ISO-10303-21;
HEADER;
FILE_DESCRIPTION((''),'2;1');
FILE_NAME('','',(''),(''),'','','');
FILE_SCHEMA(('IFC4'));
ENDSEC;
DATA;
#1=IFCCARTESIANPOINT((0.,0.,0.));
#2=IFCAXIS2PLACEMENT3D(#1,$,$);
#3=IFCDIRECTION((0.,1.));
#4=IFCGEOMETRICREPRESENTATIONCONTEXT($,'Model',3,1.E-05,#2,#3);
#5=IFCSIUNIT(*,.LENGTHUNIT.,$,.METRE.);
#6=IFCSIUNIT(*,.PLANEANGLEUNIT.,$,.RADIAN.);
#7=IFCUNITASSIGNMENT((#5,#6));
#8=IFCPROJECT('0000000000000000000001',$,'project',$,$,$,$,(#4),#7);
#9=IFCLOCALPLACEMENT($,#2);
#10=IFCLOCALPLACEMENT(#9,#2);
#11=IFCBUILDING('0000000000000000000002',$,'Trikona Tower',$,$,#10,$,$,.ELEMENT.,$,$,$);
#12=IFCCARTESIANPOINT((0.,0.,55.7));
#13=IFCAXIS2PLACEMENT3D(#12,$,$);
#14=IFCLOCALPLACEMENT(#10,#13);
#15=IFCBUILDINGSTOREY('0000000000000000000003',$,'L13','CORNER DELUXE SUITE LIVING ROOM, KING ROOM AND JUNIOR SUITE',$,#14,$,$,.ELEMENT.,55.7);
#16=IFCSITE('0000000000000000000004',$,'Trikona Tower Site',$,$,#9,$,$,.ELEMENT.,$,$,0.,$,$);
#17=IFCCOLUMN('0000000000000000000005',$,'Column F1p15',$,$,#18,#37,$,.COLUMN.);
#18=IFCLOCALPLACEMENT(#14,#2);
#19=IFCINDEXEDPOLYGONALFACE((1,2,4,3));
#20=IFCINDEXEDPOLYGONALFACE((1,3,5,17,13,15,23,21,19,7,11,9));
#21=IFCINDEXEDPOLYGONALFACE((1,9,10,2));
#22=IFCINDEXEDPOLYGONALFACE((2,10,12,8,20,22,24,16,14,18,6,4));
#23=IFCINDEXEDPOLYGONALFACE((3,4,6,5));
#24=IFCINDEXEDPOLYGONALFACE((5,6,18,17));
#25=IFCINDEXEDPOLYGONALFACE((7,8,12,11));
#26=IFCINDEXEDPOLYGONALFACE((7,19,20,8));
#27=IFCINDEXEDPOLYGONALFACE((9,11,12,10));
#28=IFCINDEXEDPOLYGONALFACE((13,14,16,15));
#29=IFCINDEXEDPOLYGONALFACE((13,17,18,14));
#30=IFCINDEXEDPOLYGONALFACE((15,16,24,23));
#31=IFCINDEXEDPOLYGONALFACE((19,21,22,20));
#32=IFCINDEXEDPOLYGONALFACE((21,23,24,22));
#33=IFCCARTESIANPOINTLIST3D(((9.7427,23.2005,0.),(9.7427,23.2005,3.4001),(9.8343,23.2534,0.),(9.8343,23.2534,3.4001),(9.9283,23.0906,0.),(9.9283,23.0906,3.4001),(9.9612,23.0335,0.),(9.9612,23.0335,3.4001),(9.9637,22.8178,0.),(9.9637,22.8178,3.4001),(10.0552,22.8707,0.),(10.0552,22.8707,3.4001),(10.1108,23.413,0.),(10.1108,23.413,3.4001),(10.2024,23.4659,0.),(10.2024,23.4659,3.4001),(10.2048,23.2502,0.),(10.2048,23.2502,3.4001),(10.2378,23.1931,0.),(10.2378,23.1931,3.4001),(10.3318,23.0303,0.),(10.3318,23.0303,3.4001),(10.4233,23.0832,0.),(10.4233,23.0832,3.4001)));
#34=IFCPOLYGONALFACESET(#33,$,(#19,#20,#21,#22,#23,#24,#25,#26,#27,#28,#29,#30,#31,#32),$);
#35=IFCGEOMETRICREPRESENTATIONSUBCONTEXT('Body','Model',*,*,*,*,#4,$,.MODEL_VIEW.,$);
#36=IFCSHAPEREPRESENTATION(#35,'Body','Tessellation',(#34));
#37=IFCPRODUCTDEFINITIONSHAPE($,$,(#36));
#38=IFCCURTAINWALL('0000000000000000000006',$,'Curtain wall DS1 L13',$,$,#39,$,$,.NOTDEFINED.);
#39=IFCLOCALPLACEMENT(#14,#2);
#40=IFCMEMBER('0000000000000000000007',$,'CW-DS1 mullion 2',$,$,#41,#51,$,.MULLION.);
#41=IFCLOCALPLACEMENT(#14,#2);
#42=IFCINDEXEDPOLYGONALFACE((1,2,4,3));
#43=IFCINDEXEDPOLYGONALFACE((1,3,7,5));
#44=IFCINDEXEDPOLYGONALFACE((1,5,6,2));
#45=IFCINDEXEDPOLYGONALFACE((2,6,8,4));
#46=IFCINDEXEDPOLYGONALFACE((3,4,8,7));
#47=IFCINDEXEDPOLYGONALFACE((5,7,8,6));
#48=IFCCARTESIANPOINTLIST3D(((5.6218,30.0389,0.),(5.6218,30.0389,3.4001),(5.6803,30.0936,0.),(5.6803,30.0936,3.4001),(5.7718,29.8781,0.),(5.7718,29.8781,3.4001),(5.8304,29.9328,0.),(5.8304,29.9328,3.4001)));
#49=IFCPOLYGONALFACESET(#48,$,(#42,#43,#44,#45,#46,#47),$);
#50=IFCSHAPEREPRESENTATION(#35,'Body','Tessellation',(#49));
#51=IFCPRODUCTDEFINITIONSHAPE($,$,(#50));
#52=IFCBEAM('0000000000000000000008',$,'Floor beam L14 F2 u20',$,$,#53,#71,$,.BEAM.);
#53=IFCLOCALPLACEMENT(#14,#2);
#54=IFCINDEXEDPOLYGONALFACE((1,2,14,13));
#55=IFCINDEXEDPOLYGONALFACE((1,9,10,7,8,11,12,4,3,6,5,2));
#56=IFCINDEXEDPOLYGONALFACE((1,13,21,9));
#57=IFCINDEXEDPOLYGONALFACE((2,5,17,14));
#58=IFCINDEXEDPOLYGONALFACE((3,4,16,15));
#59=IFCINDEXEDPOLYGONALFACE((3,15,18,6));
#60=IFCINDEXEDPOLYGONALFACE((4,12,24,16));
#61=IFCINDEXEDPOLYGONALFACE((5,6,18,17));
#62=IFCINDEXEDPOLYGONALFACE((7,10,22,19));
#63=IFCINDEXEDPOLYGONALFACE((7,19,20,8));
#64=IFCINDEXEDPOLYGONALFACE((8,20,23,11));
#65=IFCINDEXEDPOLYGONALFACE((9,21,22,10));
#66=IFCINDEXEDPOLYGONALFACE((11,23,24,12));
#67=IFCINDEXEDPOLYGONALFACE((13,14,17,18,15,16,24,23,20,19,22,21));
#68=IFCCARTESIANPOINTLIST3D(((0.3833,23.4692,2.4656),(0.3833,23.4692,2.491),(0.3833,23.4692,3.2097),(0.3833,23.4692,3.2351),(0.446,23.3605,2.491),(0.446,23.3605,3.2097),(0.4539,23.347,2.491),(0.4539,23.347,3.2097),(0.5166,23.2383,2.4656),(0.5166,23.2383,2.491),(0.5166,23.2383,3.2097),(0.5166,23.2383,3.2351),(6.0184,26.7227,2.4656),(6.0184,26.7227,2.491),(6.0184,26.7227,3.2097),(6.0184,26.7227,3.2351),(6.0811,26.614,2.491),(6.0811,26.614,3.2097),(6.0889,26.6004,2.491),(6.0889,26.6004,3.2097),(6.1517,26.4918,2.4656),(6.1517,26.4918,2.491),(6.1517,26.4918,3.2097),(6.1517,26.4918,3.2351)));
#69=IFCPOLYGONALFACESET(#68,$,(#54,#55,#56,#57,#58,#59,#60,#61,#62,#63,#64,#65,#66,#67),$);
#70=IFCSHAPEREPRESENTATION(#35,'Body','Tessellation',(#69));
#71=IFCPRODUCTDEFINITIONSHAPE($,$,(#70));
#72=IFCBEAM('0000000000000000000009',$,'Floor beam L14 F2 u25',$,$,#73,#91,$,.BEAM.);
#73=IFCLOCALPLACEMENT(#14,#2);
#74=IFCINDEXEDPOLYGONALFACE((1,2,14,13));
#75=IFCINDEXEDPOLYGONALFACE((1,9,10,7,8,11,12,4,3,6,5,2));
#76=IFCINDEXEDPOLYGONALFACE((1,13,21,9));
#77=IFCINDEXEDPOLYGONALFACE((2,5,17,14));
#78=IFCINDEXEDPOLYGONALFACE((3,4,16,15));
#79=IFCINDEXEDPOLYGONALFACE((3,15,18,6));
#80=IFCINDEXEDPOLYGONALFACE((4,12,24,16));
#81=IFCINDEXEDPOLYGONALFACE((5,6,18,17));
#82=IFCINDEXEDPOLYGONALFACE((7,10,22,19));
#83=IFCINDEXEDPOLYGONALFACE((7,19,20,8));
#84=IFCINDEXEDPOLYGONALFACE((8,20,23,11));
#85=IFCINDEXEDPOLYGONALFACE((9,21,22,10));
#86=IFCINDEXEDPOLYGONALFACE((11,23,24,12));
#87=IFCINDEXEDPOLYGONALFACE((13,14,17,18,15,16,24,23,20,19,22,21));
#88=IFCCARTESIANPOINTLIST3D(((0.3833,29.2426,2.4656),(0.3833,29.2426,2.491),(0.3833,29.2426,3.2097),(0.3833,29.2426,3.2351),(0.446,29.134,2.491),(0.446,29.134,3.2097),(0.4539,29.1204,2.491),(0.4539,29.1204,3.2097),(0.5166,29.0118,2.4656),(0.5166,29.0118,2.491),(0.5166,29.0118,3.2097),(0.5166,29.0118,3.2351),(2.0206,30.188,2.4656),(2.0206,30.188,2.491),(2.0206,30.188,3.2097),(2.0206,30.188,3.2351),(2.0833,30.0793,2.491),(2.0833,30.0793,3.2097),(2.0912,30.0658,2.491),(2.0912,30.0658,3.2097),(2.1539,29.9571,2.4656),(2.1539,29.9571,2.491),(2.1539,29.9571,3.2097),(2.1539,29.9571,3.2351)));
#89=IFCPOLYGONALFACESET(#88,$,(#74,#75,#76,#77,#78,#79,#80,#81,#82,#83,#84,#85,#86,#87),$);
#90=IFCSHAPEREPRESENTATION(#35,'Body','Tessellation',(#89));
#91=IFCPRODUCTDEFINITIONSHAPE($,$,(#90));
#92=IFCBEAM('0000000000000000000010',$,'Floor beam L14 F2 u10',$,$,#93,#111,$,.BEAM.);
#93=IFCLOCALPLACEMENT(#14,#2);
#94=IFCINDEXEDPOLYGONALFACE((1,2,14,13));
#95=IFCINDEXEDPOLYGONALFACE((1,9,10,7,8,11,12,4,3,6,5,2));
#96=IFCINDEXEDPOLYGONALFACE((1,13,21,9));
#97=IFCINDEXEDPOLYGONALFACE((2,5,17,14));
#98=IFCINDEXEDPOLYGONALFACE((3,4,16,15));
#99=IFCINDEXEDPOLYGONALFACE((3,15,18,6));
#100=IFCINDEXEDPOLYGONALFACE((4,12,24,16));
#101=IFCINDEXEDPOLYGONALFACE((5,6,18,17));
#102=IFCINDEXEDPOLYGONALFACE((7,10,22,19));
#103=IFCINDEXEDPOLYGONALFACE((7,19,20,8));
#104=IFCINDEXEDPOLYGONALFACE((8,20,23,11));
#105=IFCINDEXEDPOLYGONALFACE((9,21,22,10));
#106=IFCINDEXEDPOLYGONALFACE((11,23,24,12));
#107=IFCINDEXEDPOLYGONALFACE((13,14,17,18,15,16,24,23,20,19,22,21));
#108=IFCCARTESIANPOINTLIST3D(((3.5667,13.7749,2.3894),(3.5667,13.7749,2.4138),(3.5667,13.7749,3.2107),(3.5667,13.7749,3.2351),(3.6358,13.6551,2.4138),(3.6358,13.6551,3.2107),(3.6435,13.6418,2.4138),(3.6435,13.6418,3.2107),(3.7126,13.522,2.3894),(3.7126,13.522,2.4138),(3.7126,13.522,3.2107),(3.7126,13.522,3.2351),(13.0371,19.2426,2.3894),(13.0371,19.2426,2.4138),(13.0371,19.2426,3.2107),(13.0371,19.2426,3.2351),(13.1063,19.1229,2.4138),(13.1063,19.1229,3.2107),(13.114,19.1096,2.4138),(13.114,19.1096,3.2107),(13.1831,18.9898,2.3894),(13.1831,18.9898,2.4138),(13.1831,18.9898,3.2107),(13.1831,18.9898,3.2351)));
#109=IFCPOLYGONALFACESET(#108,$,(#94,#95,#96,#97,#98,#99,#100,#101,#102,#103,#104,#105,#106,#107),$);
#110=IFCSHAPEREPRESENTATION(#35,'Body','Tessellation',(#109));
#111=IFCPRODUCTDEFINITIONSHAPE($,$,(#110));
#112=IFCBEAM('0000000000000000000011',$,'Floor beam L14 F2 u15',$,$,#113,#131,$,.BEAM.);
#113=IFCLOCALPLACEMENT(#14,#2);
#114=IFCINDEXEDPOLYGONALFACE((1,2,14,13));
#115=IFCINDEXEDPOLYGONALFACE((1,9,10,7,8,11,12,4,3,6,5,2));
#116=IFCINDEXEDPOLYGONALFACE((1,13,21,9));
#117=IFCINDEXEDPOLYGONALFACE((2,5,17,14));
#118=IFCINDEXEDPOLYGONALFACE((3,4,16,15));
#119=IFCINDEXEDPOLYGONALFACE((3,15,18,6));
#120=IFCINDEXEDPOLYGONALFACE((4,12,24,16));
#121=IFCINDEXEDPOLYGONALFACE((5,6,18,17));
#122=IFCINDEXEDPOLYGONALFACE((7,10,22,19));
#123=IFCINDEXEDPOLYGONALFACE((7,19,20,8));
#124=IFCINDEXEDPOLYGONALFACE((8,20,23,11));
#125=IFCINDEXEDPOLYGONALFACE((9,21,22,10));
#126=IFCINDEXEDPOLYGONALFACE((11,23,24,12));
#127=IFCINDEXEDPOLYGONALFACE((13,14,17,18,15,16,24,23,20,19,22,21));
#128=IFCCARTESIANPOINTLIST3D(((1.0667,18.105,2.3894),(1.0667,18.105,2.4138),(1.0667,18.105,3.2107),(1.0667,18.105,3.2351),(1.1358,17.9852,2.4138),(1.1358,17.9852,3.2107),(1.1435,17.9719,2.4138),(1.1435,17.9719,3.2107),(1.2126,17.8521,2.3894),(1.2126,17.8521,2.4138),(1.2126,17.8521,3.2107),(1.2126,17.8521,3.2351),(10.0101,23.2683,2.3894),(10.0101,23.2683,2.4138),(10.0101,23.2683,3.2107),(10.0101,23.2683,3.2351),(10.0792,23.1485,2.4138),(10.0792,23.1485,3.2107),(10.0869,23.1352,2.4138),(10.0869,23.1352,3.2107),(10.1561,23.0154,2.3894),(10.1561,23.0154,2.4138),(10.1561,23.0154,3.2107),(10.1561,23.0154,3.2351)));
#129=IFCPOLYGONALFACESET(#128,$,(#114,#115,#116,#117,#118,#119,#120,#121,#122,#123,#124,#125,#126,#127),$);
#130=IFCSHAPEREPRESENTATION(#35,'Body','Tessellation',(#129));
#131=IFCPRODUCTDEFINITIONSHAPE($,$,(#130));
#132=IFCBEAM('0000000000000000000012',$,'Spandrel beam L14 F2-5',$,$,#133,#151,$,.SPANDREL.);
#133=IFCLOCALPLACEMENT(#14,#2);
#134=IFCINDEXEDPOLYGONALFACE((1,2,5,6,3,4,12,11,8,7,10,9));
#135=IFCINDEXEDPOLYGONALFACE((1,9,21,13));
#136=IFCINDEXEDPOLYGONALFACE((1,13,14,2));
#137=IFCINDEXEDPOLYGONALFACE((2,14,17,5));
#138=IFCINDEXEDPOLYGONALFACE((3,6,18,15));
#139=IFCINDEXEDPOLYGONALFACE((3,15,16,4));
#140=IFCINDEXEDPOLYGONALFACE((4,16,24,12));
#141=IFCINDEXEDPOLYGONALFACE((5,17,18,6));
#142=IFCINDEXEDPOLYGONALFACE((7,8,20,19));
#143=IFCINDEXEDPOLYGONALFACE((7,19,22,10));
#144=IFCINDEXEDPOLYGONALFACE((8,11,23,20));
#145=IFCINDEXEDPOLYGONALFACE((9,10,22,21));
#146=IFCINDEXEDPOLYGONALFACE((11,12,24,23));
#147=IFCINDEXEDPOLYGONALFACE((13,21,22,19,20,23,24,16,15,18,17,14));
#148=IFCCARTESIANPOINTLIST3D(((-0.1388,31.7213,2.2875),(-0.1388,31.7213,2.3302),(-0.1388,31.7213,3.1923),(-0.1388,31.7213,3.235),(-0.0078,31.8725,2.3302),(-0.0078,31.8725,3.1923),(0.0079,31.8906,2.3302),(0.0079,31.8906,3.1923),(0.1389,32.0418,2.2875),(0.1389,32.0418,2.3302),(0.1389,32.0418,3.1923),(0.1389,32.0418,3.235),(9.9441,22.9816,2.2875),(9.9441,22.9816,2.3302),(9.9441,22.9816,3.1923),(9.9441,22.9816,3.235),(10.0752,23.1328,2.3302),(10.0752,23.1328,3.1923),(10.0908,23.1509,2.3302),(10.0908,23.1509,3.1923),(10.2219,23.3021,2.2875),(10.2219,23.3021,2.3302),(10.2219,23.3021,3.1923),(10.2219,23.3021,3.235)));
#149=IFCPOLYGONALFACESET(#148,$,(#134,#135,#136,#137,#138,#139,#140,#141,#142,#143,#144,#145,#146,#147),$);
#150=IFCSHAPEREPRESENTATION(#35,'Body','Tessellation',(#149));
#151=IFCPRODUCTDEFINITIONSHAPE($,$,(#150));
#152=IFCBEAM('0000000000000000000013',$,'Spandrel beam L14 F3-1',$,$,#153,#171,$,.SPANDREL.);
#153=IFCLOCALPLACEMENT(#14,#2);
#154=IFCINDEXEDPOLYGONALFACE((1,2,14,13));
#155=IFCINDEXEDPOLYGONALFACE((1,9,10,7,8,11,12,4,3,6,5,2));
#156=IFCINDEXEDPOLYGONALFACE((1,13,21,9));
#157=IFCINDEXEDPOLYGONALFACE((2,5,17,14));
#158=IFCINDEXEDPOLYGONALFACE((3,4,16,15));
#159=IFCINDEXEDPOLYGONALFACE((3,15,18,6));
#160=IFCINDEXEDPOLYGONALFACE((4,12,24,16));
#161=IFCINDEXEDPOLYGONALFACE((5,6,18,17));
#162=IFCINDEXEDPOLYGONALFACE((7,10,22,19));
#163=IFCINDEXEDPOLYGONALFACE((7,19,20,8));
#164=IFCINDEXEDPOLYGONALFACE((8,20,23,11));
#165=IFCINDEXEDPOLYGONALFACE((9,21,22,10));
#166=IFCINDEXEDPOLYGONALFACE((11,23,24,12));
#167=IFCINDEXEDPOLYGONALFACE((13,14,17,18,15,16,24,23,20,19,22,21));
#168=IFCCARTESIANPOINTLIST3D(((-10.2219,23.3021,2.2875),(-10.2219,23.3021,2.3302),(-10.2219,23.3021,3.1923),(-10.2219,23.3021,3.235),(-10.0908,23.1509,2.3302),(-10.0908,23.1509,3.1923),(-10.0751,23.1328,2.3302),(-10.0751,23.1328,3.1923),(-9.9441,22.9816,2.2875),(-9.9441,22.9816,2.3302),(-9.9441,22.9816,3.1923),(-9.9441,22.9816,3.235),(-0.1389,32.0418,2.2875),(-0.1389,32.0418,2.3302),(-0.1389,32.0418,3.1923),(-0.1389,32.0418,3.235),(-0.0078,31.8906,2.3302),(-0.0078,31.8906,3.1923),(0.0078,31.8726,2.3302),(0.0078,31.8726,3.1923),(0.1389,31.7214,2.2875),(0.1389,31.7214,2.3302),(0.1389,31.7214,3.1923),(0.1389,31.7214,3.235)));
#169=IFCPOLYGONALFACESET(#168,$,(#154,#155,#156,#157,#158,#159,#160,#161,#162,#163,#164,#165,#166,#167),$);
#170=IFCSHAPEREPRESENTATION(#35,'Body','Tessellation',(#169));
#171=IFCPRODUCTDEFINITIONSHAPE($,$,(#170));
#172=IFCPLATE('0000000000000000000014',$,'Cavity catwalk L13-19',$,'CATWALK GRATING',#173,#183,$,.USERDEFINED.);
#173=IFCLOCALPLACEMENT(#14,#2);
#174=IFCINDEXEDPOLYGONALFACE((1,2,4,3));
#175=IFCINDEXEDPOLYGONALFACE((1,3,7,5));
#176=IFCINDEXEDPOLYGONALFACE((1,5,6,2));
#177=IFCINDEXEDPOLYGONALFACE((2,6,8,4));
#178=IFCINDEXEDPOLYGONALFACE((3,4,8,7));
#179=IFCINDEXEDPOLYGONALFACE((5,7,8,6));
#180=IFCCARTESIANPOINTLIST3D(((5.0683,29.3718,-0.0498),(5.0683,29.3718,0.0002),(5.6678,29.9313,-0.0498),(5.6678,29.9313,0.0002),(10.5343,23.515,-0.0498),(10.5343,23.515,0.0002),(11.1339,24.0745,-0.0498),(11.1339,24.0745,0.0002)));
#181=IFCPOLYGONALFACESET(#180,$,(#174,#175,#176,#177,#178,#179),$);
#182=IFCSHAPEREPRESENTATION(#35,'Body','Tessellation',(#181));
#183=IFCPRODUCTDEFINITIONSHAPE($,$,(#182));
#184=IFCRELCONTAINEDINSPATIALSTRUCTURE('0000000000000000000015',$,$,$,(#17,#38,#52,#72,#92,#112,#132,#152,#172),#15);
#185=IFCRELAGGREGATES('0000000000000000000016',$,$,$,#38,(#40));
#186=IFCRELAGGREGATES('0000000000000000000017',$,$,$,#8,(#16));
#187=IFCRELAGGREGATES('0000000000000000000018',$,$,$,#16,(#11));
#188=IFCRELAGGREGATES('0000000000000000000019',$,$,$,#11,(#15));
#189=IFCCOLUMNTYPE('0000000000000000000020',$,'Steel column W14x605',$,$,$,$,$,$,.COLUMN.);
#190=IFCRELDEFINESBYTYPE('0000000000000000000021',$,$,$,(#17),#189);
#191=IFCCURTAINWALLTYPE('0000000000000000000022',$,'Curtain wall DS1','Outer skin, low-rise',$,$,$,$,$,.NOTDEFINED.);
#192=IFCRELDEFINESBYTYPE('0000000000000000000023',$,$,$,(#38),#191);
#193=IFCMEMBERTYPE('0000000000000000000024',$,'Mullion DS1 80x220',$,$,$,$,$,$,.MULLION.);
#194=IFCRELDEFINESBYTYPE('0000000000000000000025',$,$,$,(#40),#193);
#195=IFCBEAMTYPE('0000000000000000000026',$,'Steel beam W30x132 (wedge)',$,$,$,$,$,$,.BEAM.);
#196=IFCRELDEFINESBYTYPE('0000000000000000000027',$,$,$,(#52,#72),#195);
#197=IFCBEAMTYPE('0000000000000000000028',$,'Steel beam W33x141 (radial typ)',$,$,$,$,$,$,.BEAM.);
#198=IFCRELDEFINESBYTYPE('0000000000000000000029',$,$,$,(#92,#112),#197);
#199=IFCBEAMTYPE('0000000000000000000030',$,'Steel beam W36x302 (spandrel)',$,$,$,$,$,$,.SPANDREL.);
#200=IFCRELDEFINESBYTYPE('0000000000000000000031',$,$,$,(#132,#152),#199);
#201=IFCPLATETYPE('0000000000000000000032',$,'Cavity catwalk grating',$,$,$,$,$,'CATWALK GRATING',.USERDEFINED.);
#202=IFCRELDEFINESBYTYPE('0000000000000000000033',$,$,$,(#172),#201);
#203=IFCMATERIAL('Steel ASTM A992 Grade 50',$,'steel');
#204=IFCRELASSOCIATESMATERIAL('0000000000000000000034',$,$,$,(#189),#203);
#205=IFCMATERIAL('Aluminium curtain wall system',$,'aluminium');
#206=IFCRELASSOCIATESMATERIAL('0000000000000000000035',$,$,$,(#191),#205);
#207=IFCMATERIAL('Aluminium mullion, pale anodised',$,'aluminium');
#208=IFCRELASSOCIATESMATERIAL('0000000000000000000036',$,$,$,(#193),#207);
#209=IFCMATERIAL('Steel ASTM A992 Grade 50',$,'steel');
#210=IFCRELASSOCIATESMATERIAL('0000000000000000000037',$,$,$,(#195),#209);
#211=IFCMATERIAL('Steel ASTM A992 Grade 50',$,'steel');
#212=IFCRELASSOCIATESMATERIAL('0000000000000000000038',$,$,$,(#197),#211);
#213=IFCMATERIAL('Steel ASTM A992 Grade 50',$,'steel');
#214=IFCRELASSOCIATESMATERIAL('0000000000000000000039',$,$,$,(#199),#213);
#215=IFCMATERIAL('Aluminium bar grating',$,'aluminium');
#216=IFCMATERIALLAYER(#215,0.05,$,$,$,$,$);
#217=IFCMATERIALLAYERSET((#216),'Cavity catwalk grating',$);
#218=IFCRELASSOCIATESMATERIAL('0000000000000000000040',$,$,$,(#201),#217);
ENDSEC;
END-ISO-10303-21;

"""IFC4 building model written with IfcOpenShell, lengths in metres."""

from ifc_helpers import new_model, si_unit, direction, frame, origin, origin_2d, place, context, subcontext, project, spatial, rectangle, i_section, extrude, material, layer, layer_set, material_profile, profile_set, type_object, element, aggregate, save


model = new_model("IFC4")

# Units and contexts
model_context = context("Model", 3, precision=1e-05, world=origin(), true_north=direction((0.0, 1.0)))
body_context = subcontext(model_context, "Body", "Model", "MODEL_VIEW")
ifc_project = project(units=[si_unit("LENGTHUNIT", "METRE"), si_unit("PLANEANGLEUNIT", "RADIAN")], contexts=[model_context])

# Site, building, storey
site_placement = place(None, origin())
site = spatial("IfcSite", under=ifc_project, at=site_placement, Name="Trikona Tower Site", CompositionType="ELEMENT", RefElevation=0.0)
building_placement = place(site_placement, origin())
building = spatial("IfcBuilding", under=site, at=building_placement, Name="Trikona Tower", CompositionType="ELEMENT")
storey_placement = place(building_placement, frame((0.0, 0.0, 55.7)))
storey = spatial("IfcBuildingStorey", under=building, at=storey_placement, Name="L13", Description="CORNER DELUXE SUITE LIVING ROOM, KING ROOM AND JUNIOR SUITE", CompositionType="ELEMENT", Elevation=55.7)

# Column
ifc_material_1 = material(Name="Steel ASTM A992 Grade 50", Category="steel")
ifc_material_profile_1 = material_profile(ifc_material_1, i_section(OverallWidth=0.4419, OverallDepth=0.5308, WebThickness=0.0659, FlangeThickness=0.1057, at=origin_2d()), Name="W14X605")
ifc_profile_set_1 = profile_set([ifc_material_profile_1], Name="Steel ASTM A992 Grade 50")
column_type = type_object("IfcColumnType", Name="Steel column W14x605", PredefinedType="COLUMN", material=ifc_profile_set_1)
column_placement = place(storey_placement, frame((10.083, 23.1418, 0.0), z_axis=(0.0, 0.0, 1.0), x_axis=(-0.5, 0.866025, 0.0)))
element("IfcColumn", 1, at=column_placement, inside=storey, type_object=column_type, Name="Column F1p15", PredefinedType="COLUMN", context=body_context, shape_type="SweptSolid", body=[
    extrude(i_section(OverallWidth=0.4419, OverallDepth=0.5308, WebThickness=0.0659, FlangeThickness=0.1057, at=origin_2d()), origin(), (0.0, 0.0, 1.0), 3.4001),
])

# Curtain wall, member
ifc_material_2 = material(Name="Aluminium curtain wall system", Category="aluminium")
curtain_wall_type = type_object("IfcCurtainWallType", Name="Curtain wall DS1", Description="Outer skin, low-rise", PredefinedType="NOTDEFINED", material=ifc_material_2)
curtain_wall_placement = place(storey_placement, origin())
curtain_wall = element("IfcCurtainWall", 2, at=curtain_wall_placement, inside=storey, type_object=curtain_wall_type, Name="Curtain wall DS1 L13", PredefinedType="NOTDEFINED")
ifc_material_3 = material(Name="Aluminium mullion, pale anodised", Category="aluminium")
ifc_material_profile_2 = material_profile(ifc_material_3, rectangle(XDim=0.0801, YDim=0.22, at=origin_2d()), Name="MUL-DS1")
ifc_profile_set_2 = profile_set([ifc_material_profile_2], Name="Aluminium mullion, pale anodised")
member_type = type_object("IfcMemberType", Name="Mullion DS1 80x220", PredefinedType="MULLION", material=ifc_profile_set_2)
member_placement = place(storey_placement, frame((5.7261, 29.9858, 0.0), z_axis=(0.0, 0.0, 1.0), x_axis=(-0.731077, -0.682295, 0.0)))
member = element("IfcMember", 3, at=member_placement, type_object=member_type, Name="CW-DS1 mullion 2", PredefinedType="MULLION", context=body_context, shape_type="SweptSolid", body=[
    extrude(rectangle(XDim=0.0801, YDim=0.22, at=origin_2d()), origin(), (0.0, 0.0, 1.0), 3.4001),
])

# Beams
ifc_material_4 = material(Name="Steel ASTM A992 Grade 50", Category="steel")
ifc_material_profile_3 = material_profile(ifc_material_4, i_section(OverallWidth=0.2666, OverallDepth=0.7695, WebThickness=0.0156, FlangeThickness=0.0254, at=origin_2d()), Name="W30X132")
ifc_profile_set_3 = profile_set([ifc_material_profile_3], Name="Steel ASTM A992 Grade 50")
beam_type_1 = type_object("IfcBeamType", Name="Steel beam W30x132 (wedge)", PredefinedType="BEAM", material=ifc_profile_set_3)
beam_1_placement = place(storey_placement, frame((0.45, 23.3538, 2.8503), z_axis=(0.866023, 0.500005, 0.0), x_axis=(-0.500005, 0.866023, 0.0)))
element("IfcBeam", 4, at=beam_1_placement, inside=storey, type_object=beam_type_1, Name="Floor beam L14 F2 u20", PredefinedType="BEAM", context=body_context, shape_type="SweptSolid", body=[
    extrude(i_section(OverallWidth=0.2666, OverallDepth=0.7695, WebThickness=0.0156, FlangeThickness=0.0254, at=origin_2d()), origin(), (0.0, 0.0, 1.0), 6.5068),
])
beam_2_placement = place(storey_placement, frame((0.45, 29.1272, 2.8503), z_axis=(0.866009, 0.500028, 0.0), x_axis=(-0.500028, 0.866009, 0.0)))
element("IfcBeam", 5, at=beam_2_placement, inside=storey, type_object=beam_type_1, Name="Floor beam L14 F2 u25", PredefinedType="BEAM", context=body_context, shape_type="SweptSolid", body=[
    extrude(i_section(OverallWidth=0.2666, OverallDepth=0.7695, WebThickness=0.0156, FlangeThickness=0.0254, at=origin_2d()), origin(), (0.0, 0.0, 1.0), 1.8906),
])
ifc_material_5 = material(Name="Steel ASTM A992 Grade 50", Category="steel")
ifc_material_profile_4 = material_profile(ifc_material_5, i_section(OverallWidth=0.292, OverallDepth=0.8457, WebThickness=0.0154, FlangeThickness=0.0244, at=origin_2d()), Name="W33X141")
ifc_profile_set_4 = profile_set([ifc_material_profile_4], Name="Steel ASTM A992 Grade 50")
beam_type_2 = type_object("IfcBeamType", Name="Steel beam W33x141 (radial typ)", PredefinedType="BEAM", material=ifc_profile_set_4)
beam_3_placement = place(storey_placement, frame((3.6396, 13.6484, 2.8123), z_axis=(0.866025, 0.5, 0.0), x_axis=(-0.5, 0.866025, 0.0)))
element("IfcBeam", 6, at=beam_3_placement, inside=storey, type_object=beam_type_2, Name="Floor beam L14 F2 u10", PredefinedType="BEAM", context=body_context, shape_type="SweptSolid", body=[
    extrude(i_section(OverallWidth=0.292, OverallDepth=0.8457, WebThickness=0.0154, FlangeThickness=0.0244, at=origin_2d()), origin(), (0.0, 0.0, 1.0), 10.9355),
])
beam_4_placement = place(storey_placement, frame((1.1396, 17.9785, 2.8123), z_axis=(0.86603, 0.499991, 0.0), x_axis=(-0.499991, 0.86603, 0.0)))
element("IfcBeam", 7, at=beam_4_placement, inside=storey, type_object=beam_type_2, Name="Floor beam L14 F2 u15", PredefinedType="BEAM", context=body_context, shape_type="SweptSolid", body=[
    extrude(i_section(OverallWidth=0.292, OverallDepth=0.8457, WebThickness=0.0154, FlangeThickness=0.0244, at=origin_2d()), origin(), (0.0, 0.0, 1.0), 10.3269),
])
ifc_material_6 = material(Name="Steel ASTM A992 Grade 50", Category="steel")
ifc_material_profile_5 = material_profile(ifc_material_6, i_section(OverallWidth=0.4241, OverallDepth=0.9475, WebThickness=0.0239, FlangeThickness=0.0427, at=origin_2d()), Name="W36X302")
ifc_profile_set_5 = profile_set([ifc_material_profile_5], Name="Steel ASTM A992 Grade 50")
beam_type_3 = type_object("IfcBeamType", Name="Steel beam W36x302 (spandrel)", PredefinedType="SPANDREL", material=ifc_profile_set_5)
for number, where, z_axis, x_axis, name in (
    (8, (10.083, 23.1418, 2.7612), (-0.755647, 0.654979, 0.0), (-0.654979, -0.755647, 0.0), "Spandrel beam L14 F2-5"),
    (9, (0.0, 31.8816, 2.7612), (-0.755647, -0.654979, 0.0), (0.654979, -0.755647, 0.0), "Spandrel beam L14 F3-1"),
):
    element("IfcBeam", number, at=place(storey_placement, frame(where, z_axis=z_axis, x_axis=x_axis)), inside=storey, type_object=beam_type_3, Name=name, PredefinedType="SPANDREL", context=body_context, shape_type="SweptSolid", body=[
        extrude(i_section(OverallWidth=0.4241, OverallDepth=0.9475, WebThickness=0.0239, FlangeThickness=0.0427, at=origin_2d()), origin(), (0.0, 0.0, 1.0), 13.3435),
    ])

# Plate
ifc_material_7 = material(Name="Aluminium bar grating", Category="aluminium")
ifc_layer_1 = layer(ifc_material_7, 0.05)
ifc_layer_set_1 = layer_set([ifc_layer_1], Name="Cavity catwalk grating")
plate_type_1 = type_object("IfcPlateType", Name="Cavity catwalk grating", ElementType="CATWALK GRATING", PredefinedType="USERDEFINED", material=ifc_layer_set_1)
plate_1_placement = place(storey_placement, frame((8.1011, 26.7231, -0.0498), z_axis=(0.0, 0.0, 1.0), x_axis=(-0.682298, 0.731074, 0.0)))
element("IfcPlate", 10, at=plate_1_placement, inside=storey, type_object=plate_type_1, Name="Cavity catwalk L13-19", ObjectType="CATWALK GRATING", PredefinedType="USERDEFINED", context=body_context, shape_type="SweptSolid", body=[
    extrude(rectangle(XDim=8.0112, YDim=0.8201, at=origin_2d()), origin(), (0.0, 0.0, 1.0), 0.05),
])
aggregate(curtain_wall, [member])

save(model, "model.ifc")
